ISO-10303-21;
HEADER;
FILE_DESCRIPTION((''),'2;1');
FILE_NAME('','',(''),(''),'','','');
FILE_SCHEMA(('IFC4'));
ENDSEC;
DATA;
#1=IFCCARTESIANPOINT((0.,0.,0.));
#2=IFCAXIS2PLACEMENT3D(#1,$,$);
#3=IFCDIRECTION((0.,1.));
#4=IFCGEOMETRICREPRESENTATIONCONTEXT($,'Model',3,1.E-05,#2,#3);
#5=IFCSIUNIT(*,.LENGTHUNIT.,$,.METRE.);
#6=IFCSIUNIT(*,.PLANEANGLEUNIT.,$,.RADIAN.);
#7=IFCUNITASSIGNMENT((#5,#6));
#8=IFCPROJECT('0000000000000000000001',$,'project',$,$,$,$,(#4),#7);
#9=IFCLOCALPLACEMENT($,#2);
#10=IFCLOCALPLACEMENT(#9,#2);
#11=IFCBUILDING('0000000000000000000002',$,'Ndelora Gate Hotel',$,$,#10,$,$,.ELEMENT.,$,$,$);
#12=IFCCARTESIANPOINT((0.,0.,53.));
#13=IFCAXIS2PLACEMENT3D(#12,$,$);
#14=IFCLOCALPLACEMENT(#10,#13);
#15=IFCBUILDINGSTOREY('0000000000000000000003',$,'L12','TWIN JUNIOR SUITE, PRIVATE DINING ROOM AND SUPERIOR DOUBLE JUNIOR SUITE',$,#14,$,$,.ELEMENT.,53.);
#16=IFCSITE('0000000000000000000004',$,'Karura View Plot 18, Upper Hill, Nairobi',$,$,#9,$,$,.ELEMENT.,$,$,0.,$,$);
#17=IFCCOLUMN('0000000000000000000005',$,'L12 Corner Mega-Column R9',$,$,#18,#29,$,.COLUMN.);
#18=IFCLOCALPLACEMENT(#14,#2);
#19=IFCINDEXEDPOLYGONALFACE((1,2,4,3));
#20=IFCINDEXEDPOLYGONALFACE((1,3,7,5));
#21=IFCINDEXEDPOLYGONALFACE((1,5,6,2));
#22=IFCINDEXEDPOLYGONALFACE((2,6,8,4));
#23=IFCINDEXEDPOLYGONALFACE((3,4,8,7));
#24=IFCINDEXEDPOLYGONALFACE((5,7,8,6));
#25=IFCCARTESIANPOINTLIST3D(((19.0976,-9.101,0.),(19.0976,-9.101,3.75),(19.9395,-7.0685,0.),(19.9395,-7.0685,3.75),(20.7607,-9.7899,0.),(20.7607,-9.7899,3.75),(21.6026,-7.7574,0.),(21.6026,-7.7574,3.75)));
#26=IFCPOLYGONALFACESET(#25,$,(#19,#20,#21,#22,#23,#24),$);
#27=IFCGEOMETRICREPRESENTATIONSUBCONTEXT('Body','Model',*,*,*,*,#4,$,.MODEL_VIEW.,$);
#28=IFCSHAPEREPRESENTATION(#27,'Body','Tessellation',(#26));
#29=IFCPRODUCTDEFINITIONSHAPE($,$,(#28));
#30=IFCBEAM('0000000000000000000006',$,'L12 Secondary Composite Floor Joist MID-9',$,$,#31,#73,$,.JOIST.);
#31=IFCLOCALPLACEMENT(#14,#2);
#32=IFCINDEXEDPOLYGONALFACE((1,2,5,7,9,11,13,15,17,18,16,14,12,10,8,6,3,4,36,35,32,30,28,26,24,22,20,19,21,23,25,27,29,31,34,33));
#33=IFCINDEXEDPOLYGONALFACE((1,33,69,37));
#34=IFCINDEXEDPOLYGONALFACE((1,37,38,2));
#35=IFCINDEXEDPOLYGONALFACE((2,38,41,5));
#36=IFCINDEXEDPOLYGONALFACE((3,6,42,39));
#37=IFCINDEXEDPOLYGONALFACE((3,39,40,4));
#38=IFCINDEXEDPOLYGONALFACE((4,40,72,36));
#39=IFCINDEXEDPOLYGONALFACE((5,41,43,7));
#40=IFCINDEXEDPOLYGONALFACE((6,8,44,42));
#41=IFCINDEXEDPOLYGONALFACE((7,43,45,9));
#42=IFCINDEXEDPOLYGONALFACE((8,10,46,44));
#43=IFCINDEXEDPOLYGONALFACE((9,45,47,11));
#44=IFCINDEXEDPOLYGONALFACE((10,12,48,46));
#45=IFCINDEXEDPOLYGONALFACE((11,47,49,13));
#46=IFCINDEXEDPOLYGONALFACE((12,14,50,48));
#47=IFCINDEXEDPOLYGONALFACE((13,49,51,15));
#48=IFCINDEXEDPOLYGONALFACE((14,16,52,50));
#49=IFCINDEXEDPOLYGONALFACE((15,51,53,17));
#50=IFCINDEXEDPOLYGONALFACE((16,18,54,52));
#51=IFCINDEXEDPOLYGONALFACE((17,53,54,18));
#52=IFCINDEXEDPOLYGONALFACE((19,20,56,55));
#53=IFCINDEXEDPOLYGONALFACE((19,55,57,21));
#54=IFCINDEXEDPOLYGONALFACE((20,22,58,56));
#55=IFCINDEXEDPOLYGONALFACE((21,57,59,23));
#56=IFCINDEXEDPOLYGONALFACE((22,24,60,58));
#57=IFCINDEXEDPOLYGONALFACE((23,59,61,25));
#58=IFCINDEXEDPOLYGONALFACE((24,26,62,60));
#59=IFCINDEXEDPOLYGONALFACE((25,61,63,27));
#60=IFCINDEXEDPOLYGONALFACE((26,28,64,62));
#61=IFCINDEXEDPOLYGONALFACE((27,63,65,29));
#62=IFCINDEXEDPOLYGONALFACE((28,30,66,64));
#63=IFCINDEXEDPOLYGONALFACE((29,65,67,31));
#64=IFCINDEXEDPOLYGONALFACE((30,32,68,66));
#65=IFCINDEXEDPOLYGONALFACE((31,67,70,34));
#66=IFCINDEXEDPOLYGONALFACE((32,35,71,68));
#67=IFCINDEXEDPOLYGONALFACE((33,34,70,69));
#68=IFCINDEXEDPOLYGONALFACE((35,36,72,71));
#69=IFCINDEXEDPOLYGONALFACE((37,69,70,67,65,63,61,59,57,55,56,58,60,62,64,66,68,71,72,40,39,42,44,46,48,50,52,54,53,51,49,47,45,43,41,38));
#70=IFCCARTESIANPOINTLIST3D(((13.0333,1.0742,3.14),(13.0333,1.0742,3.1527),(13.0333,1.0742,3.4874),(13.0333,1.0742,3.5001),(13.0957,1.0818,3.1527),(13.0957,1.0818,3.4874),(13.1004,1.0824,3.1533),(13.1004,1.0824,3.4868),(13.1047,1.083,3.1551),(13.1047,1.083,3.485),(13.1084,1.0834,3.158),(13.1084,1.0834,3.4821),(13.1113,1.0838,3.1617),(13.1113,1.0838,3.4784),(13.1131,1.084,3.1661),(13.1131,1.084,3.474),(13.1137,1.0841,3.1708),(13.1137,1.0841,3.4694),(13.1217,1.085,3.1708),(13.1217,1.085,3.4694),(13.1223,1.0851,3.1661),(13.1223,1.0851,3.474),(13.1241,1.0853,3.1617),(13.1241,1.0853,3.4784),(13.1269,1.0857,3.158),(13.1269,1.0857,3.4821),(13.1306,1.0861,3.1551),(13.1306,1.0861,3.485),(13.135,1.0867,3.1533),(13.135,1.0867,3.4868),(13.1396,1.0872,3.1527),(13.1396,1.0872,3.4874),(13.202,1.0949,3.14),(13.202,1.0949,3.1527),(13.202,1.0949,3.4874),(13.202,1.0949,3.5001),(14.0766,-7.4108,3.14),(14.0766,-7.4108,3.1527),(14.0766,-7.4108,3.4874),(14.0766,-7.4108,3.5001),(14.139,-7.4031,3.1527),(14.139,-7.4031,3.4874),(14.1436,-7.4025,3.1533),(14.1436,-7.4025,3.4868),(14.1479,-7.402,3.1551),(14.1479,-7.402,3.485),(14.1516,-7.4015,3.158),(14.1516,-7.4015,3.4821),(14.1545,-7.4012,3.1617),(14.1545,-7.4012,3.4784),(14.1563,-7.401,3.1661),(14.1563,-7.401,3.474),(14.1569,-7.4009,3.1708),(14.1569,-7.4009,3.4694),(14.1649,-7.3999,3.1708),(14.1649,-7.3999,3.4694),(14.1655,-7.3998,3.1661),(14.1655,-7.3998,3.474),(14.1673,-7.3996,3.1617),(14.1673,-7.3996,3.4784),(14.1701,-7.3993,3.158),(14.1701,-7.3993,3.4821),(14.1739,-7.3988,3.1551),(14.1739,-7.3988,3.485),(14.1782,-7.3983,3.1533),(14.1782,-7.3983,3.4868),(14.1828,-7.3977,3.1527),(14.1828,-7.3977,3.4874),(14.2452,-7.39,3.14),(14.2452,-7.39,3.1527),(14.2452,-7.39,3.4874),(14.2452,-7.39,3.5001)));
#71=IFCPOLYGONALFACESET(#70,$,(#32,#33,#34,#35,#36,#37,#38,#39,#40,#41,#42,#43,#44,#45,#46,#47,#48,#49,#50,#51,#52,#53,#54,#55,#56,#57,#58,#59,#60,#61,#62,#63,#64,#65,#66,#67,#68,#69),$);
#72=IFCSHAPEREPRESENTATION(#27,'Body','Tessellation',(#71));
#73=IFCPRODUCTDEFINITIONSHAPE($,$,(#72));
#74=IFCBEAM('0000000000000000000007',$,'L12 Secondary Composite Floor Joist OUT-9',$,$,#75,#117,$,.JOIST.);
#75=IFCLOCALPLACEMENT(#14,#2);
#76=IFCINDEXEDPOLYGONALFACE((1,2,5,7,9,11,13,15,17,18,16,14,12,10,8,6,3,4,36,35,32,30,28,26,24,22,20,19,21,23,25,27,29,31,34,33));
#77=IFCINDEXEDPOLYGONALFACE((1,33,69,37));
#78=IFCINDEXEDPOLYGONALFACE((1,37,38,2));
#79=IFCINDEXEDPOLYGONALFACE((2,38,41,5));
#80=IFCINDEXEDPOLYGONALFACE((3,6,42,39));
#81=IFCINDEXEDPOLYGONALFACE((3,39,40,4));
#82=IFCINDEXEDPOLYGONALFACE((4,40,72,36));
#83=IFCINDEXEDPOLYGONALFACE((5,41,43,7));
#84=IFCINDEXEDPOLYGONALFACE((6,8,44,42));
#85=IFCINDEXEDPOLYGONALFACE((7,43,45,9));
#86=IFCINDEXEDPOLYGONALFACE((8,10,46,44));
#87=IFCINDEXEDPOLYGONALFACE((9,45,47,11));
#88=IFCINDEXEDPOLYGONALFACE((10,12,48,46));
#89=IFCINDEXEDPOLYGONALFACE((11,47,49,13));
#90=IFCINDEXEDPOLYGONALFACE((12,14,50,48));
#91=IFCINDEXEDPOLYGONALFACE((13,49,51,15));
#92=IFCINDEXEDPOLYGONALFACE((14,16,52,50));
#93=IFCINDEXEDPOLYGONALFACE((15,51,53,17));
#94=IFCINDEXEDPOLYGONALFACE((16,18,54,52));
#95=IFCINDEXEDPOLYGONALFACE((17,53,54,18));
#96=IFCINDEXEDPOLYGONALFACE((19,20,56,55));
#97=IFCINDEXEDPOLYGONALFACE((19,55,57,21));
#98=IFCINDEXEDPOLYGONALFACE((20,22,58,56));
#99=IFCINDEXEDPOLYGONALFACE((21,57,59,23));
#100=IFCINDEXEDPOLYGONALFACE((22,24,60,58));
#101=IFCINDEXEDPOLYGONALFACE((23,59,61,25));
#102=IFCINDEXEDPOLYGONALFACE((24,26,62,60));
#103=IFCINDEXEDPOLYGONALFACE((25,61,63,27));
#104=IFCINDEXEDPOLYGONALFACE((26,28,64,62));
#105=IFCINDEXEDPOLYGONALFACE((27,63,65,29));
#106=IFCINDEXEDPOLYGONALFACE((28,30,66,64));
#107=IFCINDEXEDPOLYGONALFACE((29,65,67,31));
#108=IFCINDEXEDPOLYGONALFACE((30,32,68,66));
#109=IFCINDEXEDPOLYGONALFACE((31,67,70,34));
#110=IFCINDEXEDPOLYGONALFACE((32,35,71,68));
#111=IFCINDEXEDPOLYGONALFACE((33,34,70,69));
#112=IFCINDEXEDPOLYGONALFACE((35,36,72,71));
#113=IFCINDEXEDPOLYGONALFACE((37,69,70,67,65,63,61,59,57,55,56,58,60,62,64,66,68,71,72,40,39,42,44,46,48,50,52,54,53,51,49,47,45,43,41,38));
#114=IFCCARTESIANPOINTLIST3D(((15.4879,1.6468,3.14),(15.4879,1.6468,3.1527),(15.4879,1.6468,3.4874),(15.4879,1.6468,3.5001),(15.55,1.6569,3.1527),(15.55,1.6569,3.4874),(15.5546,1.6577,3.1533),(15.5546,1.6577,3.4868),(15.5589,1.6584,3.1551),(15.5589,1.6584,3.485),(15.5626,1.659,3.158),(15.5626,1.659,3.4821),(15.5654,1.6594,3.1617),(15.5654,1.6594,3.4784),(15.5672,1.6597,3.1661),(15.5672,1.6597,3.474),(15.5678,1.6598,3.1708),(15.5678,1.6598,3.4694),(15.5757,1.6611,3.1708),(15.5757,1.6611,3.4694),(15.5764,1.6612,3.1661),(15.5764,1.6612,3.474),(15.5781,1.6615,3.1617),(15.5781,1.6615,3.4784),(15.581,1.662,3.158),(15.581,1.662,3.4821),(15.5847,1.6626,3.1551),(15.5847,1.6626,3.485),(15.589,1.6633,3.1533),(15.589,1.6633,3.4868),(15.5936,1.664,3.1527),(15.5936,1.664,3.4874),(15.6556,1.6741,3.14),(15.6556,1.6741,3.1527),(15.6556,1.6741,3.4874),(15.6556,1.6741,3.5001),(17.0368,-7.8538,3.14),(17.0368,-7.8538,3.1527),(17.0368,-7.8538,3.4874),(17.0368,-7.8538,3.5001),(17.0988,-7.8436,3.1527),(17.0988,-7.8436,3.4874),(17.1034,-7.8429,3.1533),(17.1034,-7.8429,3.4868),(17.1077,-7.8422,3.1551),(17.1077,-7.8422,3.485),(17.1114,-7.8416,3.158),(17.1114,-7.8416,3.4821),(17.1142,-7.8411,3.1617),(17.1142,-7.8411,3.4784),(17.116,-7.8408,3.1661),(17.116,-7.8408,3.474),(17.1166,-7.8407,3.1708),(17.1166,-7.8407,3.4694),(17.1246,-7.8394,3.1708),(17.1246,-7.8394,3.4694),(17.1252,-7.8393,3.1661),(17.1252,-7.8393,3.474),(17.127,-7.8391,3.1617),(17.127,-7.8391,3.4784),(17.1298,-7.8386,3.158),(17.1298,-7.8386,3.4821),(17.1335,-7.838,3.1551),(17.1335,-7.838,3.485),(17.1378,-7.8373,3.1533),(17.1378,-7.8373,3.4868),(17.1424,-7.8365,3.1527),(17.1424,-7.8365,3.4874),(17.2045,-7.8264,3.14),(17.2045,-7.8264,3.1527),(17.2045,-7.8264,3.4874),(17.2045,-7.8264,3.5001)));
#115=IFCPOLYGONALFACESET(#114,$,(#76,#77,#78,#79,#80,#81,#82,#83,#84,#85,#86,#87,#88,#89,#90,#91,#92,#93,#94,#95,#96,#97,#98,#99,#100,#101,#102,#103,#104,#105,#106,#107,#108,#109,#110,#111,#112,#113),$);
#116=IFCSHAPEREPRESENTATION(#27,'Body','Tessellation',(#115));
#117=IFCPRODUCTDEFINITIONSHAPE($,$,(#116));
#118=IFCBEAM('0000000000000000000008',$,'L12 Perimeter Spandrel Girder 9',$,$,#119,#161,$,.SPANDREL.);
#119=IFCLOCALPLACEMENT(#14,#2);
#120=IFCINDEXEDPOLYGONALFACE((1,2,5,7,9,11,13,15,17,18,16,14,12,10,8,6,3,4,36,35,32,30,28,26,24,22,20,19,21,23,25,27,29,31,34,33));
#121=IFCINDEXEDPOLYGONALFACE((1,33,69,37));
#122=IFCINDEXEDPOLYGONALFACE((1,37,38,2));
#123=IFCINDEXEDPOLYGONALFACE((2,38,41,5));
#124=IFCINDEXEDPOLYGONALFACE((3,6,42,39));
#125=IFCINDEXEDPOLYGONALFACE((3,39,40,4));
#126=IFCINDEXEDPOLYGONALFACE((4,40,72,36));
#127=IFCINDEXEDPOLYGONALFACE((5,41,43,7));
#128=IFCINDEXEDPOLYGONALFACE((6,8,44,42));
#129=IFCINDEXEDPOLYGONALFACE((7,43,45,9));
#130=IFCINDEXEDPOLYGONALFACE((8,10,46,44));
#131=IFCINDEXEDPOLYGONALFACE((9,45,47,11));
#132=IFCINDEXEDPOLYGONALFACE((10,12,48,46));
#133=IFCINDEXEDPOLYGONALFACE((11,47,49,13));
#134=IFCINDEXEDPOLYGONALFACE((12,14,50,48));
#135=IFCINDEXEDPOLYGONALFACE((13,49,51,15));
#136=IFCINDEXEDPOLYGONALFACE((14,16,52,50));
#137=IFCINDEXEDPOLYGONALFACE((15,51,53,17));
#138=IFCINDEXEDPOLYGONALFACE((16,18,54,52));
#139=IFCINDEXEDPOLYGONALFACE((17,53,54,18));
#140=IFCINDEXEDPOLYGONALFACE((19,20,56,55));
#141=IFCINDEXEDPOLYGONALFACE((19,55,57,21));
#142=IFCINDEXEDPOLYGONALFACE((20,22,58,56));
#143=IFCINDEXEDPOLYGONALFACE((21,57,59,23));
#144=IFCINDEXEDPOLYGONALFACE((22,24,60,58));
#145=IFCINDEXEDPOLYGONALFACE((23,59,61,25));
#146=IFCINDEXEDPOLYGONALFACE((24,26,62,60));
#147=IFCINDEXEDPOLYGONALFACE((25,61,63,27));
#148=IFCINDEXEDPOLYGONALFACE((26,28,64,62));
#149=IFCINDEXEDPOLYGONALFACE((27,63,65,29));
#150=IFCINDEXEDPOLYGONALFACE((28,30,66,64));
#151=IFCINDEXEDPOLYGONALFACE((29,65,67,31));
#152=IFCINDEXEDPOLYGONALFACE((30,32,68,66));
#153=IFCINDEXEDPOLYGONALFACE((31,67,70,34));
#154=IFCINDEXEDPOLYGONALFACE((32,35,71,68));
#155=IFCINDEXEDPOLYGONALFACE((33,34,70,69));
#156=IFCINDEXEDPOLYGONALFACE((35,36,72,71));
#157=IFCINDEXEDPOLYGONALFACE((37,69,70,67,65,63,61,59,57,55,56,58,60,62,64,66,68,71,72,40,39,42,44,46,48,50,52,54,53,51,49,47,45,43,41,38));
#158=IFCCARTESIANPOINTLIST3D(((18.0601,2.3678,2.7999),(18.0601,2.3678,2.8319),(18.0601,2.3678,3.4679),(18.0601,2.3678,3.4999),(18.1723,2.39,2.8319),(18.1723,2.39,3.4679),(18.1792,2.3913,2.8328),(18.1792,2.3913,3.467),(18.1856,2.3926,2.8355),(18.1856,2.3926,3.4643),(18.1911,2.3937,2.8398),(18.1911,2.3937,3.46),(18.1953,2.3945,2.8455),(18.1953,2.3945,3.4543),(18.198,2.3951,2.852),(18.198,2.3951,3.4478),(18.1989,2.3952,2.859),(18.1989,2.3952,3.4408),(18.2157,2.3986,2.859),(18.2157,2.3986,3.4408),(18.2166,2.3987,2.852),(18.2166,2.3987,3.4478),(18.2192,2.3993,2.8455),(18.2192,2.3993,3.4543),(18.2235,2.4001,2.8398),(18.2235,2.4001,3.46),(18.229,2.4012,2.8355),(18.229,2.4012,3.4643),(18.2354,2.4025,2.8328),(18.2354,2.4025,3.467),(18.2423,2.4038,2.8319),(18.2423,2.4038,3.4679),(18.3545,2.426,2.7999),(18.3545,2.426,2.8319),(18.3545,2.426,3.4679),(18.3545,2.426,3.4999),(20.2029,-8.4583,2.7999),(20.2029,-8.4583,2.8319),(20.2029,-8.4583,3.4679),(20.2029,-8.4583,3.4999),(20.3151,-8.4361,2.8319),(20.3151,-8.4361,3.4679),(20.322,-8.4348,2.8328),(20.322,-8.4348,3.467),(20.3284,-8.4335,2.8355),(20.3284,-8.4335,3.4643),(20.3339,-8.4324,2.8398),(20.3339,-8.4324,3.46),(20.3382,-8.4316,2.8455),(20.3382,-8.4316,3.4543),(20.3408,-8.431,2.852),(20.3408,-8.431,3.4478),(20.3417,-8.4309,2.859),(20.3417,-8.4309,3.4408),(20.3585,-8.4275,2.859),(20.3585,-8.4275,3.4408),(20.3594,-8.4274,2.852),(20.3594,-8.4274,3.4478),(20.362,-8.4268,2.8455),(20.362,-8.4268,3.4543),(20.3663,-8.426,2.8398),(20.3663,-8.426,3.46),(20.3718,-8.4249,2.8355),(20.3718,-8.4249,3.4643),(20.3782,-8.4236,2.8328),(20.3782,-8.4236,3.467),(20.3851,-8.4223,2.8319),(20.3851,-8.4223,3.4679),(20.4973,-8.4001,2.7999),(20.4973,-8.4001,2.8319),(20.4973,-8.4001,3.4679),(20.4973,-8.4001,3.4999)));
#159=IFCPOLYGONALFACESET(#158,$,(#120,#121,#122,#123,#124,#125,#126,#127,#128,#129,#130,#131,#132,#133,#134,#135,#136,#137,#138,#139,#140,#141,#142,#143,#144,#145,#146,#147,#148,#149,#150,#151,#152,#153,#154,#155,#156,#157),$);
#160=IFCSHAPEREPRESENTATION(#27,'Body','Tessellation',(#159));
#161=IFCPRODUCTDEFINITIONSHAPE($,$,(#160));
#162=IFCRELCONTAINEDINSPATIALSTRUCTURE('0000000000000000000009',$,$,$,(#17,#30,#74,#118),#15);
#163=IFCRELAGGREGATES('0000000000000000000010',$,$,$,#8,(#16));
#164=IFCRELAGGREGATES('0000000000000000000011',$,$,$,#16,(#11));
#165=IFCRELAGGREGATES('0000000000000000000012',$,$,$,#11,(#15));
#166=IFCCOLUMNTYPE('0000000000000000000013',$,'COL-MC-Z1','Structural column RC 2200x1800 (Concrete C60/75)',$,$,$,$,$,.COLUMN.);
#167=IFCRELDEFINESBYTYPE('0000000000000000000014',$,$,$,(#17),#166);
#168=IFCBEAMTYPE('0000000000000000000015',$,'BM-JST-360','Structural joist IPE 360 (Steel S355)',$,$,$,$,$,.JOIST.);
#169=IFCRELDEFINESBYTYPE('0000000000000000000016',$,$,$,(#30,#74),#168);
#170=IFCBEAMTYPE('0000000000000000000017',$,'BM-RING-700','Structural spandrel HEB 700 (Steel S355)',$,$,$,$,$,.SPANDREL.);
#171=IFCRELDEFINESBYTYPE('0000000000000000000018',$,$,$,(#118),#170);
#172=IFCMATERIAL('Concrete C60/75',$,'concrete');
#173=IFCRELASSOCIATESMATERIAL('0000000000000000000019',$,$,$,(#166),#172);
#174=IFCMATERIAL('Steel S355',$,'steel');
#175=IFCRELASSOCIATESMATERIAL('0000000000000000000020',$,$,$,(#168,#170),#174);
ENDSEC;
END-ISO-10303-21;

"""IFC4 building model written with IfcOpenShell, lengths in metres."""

from ifc_helpers import new_model, si_unit, direction, frame, origin, origin_2d, place, context, subcontext, project, spatial, rectangle, i_section, extrude, material, material_profile, profile_set, type_object, element, save


model = new_model("IFC4")

# Units and contexts
model_context = context("Model", 3, precision=1e-05, world=origin(), true_north=direction((0.0, 1.0)))
body_context = subcontext(model_context, "Body", "Model", "MODEL_VIEW")
ifc_project = project(units=[si_unit("LENGTHUNIT", "METRE"), si_unit("PLANEANGLEUNIT", "RADIAN")], contexts=[model_context])

# Site, building, storey
site_placement = place(None, origin())
site = spatial("IfcSite", under=ifc_project, at=site_placement, Name="Karura View Plot 18, Upper Hill, Nairobi", CompositionType="ELEMENT", RefElevation=0.0)
building_placement = place(site_placement, origin())
building = spatial("IfcBuilding", under=site, at=building_placement, Name="Ndelora Gate Hotel", CompositionType="ELEMENT")
storey_placement = place(building_placement, frame((0.0, 0.0, 53.0)))
storey = spatial("IfcBuildingStorey", under=building, at=storey_placement, Name="L12", Description="TWIN JUNIOR SUITE, PRIVATE DINING ROOM AND SUPERIOR DOUBLE JUNIOR SUITE", CompositionType="ELEMENT", Elevation=53.0)

# Column
ifc_material_1 = material(Name="Concrete C60/75", Category="concrete")
ifc_material_profile_1 = material_profile(ifc_material_1, rectangle(XDim=1.8, YDim=2.2, at=origin_2d()), Name="RC 2200x1800")
ifc_profile_set_1 = profile_set([ifc_material_profile_1], Name="Concrete C60/75")
column_type = type_object("IfcColumnType", Name="COL-MC-Z1", Description="Structural column RC 2200x1800 (Concrete C60/75)", PredefinedType="COLUMN", material=ifc_profile_set_1)
column_placement = place(storey_placement, frame((20.3501, -8.4292, 0.0), z_axis=(0.0, 0.0, 1.0), x_axis=(-0.92388, 0.382683, 0.0)))
element("IfcColumn", 1, at=column_placement, inside=storey, type_object=column_type, Name="L12 Corner Mega-Column R9", PredefinedType="COLUMN", context=body_context, shape_type="SweptSolid", body=[
    extrude(rectangle(XDim=1.8, YDim=2.2, at=origin_2d()), origin(), (0.0, 0.0, 1.0), 3.75),
])

# Beams
ifc_material_2 = material(Name="Steel S355", Category="steel")
ifc_material_profile_2 = material_profile(ifc_material_2, i_section(OverallWidth=0.1699, OverallDepth=0.3601, WebThickness=0.0081, FlangeThickness=0.0127, FilletRadius=0.0181, at=origin_2d()), Name="IPE 360")
ifc_profile_set_2 = profile_set([ifc_material_profile_2], Name="Steel S355")
beam_type_1 = type_object("IfcBeamType", Name="BM-JST-360", Description="Structural joist IPE 360 (Steel S355)", PredefinedType="JOIST", material=ifc_profile_set_2)
beam_1_placement = place(storey_placement, frame((14.1609, -7.4004, 3.3201), z_axis=(-0.122031, 0.992526, 0.0), x_axis=(-0.992526, -0.122031, 0.0)))
element("IfcBeam", 2, at=beam_1_placement, inside=storey, type_object=beam_type_1, Name="L12 Secondary Composite Floor Joist MID-9", PredefinedType="JOIST", context=body_context, shape_type="SweptSolid", body=[
    extrude(i_section(OverallWidth=0.1699, OverallDepth=0.3601, WebThickness=0.0081, FlangeThickness=0.0127, FilletRadius=0.0181, at=origin_2d()), origin(), (0.0, 0.0, 1.0), 8.5488),
])
beam_2_placement = place(storey_placement, frame((17.1206, -7.8401, 3.3201), z_axis=(-0.160902, 0.98697, 0.0), x_axis=(-0.98697, -0.160902, 0.0)))
element("IfcBeam", 3, at=beam_2_placement, inside=storey, type_object=beam_type_1, Name="L12 Secondary Composite Floor Joist OUT-9", PredefinedType="JOIST", context=body_context, shape_type="SweptSolid", body=[
    extrude(i_section(OverallWidth=0.1699, OverallDepth=0.3601, WebThickness=0.0081, FlangeThickness=0.0127, FilletRadius=0.0181, at=origin_2d()), origin(), (0.0, 0.0, 1.0), 9.626),
])
ifc_material_profile_3 = material_profile(ifc_material_2, i_section(OverallWidth=0.3, OverallDepth=0.7, WebThickness=0.0171, FlangeThickness=0.032, FilletRadius=0.0271, at=origin_2d()), Name="HEB 700")
ifc_profile_set_3 = profile_set([ifc_material_profile_3], Name="Steel S355")
beam_type_2 = type_object("IfcBeamType", Name="BM-RING-700", Description="Structural spandrel HEB 700 (Steel S355)", PredefinedType="SPANDREL", material=ifc_profile_set_3)
beam_3_placement = place(storey_placement, frame((20.3501, -8.4292, 3.1499), z_axis=(-0.194163, 0.980969, 0.0), x_axis=(-0.980969, -0.194163, 0.0)))
element("IfcBeam", 4, at=beam_3_placement, inside=storey, type_object=beam_type_2, Name="L12 Perimeter Spandrel Girder 9", PredefinedType="SPANDREL", context=body_context, shape_type="SweptSolid", body=[
    extrude(i_section(OverallWidth=0.3, OverallDepth=0.7, WebThickness=0.0171, FlangeThickness=0.032, FilletRadius=0.0271, at=origin_2d()), origin(), (0.0, 0.0, 1.0), 11.0361),
])

save(model, "model.ifc")
